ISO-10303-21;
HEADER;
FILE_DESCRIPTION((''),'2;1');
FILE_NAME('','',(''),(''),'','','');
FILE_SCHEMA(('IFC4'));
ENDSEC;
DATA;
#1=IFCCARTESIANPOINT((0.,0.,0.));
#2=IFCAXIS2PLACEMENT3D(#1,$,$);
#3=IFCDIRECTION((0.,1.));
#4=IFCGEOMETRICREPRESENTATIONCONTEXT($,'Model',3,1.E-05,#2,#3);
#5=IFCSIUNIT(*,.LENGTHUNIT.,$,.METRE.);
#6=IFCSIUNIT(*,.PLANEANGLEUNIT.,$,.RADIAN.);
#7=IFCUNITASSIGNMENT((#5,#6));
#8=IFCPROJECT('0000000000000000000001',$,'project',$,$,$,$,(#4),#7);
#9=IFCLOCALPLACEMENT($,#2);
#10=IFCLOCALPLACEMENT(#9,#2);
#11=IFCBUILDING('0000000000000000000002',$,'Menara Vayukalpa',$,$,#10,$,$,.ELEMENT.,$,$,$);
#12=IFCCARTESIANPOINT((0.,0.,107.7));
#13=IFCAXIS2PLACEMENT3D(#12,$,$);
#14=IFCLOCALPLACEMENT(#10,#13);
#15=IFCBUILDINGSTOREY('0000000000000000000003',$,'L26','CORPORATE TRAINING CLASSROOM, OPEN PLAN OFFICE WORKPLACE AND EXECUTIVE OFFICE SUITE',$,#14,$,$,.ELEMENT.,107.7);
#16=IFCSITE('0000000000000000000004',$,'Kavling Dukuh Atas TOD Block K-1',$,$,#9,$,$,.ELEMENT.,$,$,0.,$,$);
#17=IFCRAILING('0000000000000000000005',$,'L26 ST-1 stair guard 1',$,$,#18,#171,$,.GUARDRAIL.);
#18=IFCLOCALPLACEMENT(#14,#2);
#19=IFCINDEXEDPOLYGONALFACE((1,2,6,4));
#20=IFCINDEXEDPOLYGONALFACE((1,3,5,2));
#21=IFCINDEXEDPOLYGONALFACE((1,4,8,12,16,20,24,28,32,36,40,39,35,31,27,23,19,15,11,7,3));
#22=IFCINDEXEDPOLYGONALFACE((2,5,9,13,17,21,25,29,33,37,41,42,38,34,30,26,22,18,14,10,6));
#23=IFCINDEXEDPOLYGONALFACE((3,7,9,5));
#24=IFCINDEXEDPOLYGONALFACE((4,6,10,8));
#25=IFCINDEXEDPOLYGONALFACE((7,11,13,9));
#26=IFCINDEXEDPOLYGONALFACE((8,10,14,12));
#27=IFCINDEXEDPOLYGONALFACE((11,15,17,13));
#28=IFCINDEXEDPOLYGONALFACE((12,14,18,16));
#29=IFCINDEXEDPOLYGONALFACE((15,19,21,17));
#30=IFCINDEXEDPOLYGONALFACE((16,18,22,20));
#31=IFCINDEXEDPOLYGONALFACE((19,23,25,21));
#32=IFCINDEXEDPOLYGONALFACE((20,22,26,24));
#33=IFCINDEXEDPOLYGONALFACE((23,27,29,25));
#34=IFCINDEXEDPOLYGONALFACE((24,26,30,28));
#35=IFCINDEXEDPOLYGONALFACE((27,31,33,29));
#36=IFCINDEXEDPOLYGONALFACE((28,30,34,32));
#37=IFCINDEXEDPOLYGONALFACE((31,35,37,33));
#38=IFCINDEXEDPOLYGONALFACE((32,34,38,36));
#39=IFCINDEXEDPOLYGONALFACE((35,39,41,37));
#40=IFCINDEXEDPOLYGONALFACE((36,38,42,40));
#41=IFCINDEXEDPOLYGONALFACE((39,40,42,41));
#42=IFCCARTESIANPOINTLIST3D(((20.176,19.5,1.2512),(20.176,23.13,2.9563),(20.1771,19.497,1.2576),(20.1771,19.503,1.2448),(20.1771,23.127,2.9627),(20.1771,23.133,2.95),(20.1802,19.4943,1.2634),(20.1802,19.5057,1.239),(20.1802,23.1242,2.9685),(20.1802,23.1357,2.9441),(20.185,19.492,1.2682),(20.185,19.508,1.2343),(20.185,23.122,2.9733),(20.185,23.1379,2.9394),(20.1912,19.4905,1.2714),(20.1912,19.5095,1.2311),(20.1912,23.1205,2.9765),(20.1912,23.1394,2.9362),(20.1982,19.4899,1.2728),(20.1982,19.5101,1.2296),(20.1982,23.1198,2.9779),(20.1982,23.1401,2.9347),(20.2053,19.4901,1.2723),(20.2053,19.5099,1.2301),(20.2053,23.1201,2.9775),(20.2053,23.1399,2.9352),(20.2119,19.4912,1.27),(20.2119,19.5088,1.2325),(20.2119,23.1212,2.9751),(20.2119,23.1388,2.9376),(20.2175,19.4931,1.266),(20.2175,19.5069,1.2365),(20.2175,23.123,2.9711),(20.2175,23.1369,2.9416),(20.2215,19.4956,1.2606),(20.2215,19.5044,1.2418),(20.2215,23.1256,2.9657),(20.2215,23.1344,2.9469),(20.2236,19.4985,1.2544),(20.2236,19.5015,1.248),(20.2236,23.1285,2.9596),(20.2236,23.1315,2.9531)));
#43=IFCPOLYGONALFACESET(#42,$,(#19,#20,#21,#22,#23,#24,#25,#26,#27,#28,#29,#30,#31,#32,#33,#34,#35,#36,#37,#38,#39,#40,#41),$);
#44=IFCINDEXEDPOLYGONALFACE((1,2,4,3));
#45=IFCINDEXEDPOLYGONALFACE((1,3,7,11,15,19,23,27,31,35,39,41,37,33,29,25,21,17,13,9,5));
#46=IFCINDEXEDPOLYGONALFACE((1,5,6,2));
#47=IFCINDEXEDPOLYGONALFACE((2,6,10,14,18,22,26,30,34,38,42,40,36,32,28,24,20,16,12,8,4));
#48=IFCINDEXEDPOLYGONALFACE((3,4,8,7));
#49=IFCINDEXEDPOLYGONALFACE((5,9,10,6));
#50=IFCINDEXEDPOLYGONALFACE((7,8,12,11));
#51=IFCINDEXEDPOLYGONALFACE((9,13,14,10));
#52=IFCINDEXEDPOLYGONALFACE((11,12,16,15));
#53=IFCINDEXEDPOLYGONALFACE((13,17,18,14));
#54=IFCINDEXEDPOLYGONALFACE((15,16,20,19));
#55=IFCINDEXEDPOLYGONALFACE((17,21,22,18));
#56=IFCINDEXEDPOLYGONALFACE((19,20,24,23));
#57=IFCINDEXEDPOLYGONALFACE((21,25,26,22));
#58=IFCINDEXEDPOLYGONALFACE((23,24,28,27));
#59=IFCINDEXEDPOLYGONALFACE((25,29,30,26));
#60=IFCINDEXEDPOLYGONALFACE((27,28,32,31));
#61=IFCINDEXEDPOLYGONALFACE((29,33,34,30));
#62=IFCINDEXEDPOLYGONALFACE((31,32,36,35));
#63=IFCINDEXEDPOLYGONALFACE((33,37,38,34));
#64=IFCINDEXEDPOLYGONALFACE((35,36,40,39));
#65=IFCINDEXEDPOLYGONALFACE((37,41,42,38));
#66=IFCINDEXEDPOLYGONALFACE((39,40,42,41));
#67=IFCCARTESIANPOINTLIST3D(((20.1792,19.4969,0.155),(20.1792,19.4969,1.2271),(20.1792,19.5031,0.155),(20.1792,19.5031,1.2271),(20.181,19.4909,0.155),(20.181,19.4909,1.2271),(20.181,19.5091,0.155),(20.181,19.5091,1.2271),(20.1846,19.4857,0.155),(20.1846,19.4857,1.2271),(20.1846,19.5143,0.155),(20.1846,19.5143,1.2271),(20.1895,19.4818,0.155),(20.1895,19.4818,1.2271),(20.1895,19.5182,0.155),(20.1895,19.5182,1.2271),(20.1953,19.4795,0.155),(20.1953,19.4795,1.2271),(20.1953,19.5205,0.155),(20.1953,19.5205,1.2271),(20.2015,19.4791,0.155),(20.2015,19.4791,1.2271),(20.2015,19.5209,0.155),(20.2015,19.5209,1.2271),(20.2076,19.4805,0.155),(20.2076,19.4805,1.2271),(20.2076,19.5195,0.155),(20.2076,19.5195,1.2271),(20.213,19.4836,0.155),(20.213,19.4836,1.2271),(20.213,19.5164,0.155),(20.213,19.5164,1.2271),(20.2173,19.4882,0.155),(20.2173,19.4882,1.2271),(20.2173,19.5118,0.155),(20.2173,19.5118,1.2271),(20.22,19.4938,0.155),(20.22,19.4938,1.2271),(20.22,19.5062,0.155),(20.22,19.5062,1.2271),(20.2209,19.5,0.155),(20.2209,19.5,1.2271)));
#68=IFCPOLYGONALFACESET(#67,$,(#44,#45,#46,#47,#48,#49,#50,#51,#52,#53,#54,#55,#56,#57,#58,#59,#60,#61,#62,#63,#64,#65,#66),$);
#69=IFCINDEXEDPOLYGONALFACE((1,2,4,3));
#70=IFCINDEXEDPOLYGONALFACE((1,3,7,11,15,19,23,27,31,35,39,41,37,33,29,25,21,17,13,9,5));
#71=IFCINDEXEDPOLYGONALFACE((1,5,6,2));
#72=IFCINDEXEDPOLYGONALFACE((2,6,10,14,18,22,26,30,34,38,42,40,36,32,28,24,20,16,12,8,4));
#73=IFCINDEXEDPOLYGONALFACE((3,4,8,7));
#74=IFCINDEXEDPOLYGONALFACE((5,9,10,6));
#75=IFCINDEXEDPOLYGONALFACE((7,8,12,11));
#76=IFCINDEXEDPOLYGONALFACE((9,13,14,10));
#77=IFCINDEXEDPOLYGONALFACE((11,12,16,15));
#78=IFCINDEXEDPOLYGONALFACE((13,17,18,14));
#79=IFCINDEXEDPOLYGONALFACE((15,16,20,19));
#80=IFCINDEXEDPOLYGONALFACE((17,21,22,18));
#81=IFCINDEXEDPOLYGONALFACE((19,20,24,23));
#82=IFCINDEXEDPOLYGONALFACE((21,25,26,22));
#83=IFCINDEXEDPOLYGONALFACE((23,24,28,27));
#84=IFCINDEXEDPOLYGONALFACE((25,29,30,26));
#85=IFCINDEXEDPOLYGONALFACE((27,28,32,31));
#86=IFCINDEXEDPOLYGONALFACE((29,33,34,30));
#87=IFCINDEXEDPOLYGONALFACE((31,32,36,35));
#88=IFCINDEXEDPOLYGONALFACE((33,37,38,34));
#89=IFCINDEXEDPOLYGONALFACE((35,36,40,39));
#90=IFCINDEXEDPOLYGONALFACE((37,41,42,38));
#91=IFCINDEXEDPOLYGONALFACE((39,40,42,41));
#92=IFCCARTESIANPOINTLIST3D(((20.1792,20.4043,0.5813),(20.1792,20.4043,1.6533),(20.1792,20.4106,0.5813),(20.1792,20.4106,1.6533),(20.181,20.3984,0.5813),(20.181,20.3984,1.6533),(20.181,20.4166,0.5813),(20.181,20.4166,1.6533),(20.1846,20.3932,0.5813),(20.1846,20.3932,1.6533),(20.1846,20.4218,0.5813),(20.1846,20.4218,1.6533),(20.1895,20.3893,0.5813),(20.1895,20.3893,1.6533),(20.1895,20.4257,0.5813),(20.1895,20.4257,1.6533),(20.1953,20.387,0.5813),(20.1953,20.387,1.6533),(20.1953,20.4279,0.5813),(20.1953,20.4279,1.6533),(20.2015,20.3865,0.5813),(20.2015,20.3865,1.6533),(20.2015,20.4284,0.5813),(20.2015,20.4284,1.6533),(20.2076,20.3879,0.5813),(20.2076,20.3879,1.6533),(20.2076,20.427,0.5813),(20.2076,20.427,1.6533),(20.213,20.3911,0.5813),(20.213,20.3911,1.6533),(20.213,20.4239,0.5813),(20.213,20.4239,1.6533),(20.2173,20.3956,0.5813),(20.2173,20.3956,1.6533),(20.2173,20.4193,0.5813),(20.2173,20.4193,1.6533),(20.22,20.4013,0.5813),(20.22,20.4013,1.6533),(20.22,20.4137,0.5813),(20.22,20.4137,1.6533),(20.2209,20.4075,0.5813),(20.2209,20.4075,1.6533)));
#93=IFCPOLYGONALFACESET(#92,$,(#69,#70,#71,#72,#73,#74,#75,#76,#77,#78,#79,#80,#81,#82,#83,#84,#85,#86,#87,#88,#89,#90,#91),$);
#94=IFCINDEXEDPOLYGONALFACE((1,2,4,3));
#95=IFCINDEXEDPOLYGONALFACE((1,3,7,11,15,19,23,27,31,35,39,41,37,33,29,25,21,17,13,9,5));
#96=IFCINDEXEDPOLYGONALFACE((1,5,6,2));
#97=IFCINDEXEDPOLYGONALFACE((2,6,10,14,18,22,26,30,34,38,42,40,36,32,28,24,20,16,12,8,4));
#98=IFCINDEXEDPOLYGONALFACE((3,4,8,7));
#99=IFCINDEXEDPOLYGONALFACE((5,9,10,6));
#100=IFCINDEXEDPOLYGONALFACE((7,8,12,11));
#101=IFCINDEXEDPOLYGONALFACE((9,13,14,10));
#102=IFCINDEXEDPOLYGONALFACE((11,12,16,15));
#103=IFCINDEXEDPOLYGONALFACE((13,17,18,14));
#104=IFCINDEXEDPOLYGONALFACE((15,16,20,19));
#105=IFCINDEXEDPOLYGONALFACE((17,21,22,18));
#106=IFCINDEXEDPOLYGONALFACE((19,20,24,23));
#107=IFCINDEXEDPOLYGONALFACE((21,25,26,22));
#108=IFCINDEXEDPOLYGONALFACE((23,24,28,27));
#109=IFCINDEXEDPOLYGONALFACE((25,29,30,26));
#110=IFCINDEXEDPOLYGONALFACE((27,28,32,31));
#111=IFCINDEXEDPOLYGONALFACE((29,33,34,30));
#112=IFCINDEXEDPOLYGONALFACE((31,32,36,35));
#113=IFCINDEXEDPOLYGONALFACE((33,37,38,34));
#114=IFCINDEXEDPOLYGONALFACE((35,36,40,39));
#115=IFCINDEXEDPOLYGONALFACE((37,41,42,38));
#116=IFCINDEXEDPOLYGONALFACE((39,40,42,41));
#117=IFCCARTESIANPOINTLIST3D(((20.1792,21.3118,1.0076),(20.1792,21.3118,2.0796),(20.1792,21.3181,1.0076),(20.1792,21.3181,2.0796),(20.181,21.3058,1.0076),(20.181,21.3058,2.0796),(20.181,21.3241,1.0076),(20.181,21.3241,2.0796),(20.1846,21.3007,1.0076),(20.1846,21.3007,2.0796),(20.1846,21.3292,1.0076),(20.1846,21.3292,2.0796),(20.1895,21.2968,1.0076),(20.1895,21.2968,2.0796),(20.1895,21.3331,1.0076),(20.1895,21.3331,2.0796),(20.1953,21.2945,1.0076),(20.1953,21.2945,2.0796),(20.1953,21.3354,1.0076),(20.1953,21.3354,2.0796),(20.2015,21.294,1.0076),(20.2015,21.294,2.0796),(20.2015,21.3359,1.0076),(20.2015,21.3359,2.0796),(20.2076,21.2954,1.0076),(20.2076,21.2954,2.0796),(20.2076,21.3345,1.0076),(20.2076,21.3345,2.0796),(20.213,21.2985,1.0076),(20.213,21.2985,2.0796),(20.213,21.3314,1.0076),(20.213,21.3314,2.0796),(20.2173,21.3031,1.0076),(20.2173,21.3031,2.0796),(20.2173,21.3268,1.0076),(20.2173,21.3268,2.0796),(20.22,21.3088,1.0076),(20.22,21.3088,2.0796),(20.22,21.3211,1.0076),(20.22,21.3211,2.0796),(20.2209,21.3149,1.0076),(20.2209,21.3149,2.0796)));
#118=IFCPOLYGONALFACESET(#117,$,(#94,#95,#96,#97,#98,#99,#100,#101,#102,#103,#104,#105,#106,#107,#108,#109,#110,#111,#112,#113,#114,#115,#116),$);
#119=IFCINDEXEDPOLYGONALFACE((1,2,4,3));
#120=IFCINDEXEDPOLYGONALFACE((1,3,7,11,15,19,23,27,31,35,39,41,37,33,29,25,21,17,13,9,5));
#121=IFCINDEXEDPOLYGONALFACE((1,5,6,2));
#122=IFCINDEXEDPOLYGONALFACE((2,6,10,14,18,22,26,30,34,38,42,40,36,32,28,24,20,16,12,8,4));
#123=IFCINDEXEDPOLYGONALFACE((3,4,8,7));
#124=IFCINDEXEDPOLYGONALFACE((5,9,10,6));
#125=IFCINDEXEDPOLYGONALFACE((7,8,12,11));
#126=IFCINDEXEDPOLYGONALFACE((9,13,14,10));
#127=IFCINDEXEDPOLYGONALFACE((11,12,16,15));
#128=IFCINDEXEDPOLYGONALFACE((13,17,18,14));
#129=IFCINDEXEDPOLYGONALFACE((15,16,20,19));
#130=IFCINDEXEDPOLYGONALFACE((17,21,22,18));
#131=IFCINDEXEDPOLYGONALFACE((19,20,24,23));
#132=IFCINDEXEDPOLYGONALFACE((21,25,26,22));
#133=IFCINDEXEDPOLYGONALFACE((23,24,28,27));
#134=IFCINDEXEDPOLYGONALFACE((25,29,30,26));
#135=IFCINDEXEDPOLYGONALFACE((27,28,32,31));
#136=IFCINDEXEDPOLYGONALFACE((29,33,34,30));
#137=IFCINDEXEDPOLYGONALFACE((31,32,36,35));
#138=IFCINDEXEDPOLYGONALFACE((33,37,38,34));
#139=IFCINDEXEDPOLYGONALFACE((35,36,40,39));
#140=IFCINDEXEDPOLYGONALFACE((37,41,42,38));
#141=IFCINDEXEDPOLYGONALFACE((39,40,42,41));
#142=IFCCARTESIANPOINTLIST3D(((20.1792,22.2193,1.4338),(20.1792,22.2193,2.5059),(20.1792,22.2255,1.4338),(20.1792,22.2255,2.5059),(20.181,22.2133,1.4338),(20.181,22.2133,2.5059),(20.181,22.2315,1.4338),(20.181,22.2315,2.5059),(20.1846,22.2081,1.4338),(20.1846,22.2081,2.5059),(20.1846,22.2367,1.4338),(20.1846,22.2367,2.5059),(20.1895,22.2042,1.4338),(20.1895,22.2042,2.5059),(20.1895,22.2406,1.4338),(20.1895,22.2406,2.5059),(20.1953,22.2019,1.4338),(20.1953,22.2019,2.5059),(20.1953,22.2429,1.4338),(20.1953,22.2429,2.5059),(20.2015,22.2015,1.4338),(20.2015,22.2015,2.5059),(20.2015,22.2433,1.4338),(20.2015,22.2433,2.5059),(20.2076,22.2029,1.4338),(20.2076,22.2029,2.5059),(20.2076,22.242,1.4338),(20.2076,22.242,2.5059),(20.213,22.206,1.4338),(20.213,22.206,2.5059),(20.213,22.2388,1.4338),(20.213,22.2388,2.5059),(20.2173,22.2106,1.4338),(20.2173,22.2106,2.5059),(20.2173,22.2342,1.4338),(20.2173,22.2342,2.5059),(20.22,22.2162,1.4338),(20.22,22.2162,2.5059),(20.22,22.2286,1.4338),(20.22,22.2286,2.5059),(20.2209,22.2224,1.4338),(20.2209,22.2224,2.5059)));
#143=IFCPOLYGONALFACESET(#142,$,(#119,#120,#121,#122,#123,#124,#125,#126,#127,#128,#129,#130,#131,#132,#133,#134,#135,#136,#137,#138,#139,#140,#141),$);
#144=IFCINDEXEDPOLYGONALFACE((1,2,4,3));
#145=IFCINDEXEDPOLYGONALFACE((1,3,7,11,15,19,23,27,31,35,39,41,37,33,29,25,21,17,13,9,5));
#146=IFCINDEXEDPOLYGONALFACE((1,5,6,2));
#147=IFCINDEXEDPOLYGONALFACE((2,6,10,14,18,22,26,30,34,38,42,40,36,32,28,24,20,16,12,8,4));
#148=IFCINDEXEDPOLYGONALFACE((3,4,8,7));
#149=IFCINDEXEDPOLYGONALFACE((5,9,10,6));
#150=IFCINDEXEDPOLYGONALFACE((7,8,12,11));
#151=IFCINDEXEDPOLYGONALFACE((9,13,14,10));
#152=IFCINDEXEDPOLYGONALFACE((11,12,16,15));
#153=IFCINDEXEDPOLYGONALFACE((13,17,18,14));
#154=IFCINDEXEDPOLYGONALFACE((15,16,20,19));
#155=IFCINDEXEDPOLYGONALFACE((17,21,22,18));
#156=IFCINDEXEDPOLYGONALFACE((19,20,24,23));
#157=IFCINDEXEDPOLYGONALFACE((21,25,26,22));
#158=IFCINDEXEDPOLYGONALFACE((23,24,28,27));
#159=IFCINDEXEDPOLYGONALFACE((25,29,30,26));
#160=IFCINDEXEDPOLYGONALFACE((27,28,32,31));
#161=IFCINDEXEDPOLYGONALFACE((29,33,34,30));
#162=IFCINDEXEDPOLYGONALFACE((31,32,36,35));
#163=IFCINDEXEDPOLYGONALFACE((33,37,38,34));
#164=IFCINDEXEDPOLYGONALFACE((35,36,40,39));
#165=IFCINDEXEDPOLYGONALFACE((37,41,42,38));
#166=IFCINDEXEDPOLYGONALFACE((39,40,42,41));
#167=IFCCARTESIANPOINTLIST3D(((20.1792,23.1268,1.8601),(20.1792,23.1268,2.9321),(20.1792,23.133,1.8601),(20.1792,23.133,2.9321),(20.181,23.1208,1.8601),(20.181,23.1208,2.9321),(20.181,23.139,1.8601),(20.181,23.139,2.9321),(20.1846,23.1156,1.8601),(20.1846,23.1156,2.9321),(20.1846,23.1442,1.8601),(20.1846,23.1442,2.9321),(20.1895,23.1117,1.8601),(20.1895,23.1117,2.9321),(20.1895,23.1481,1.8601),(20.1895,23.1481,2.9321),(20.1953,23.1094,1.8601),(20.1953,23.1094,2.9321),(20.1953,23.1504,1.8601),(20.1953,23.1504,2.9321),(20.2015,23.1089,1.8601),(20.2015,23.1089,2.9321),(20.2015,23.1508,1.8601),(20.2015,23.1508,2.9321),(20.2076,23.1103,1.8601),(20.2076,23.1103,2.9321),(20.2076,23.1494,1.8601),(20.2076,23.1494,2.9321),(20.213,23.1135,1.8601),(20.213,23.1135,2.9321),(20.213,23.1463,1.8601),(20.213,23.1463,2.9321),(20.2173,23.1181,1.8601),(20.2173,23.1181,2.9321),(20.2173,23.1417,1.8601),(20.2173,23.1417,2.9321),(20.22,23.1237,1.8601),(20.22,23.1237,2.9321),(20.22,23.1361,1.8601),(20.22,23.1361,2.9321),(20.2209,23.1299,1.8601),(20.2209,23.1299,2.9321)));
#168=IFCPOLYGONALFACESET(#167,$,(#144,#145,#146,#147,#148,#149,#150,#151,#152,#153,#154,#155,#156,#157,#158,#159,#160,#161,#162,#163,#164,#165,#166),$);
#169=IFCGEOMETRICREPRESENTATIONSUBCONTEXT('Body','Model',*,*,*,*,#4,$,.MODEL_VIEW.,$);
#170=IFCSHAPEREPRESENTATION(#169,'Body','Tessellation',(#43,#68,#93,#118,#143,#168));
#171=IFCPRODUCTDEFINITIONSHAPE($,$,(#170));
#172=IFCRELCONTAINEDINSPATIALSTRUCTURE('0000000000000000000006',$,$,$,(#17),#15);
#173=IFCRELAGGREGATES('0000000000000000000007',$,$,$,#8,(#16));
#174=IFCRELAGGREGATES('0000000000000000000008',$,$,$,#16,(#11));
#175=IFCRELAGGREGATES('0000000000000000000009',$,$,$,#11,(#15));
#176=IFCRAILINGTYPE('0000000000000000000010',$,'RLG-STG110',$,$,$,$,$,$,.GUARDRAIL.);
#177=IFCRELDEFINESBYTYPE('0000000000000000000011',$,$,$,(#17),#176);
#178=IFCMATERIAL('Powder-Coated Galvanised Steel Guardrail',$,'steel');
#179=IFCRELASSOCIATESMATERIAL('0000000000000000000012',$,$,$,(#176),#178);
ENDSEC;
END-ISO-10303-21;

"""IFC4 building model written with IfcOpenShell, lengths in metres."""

from ifc_helpers import new_model, si_unit, direction, frame, origin, origin_2d, place, context, subcontext, project, spatial, circle, extrude, material, type_object, element, save


model = new_model("IFC4")

# Units and contexts
model_context = context("Model", 3, precision=1e-05, world=origin(), true_north=direction((0.0, 1.0)))
body_context = subcontext(model_context, "Body", "Model", "MODEL_VIEW")
ifc_project = project(units=[si_unit("LENGTHUNIT", "METRE"), si_unit("PLANEANGLEUNIT", "RADIAN")], contexts=[model_context])

# Site, building, storey
site_placement = place(None, origin())
site = spatial("IfcSite", under=ifc_project, at=site_placement, Name="Kavling Dukuh Atas TOD Block K-1", CompositionType="ELEMENT", RefElevation=0.0)
building_placement = place(site_placement, origin())
building = spatial("IfcBuilding", under=site, at=building_placement, Name="Menara Vayukalpa", CompositionType="ELEMENT")
storey_placement = place(building_placement, frame((0.0, 0.0, 107.7)))
storey = spatial("IfcBuildingStorey", under=building, at=storey_placement, Name="L26", Description="CORPORATE TRAINING CLASSROOM, OPEN PLAN OFFICE WORKPLACE AND EXECUTIVE OFFICE SUITE", CompositionType="ELEMENT", Elevation=107.7)

# Railing
ifc_material_1 = material(Name="Powder-Coated Galvanised Steel Guardrail", Category="steel")
railing_type_1 = type_object("IfcRailingType", Name="RLG-STG110", PredefinedType="GUARDRAIL", material=ifc_material_1)
railing_1_placement = place(storey_placement, frame((20.2, 19.5, 0.155)))
element("IfcRailing", 1, at=railing_1_placement, inside=storey, type_object=railing_type_1, Name="L26 ST-1 stair guard 1", PredefinedType="GUARDRAIL", context=body_context, shape_type="SweptSolid", body=[
    extrude(circle(Radius=0.0239, at=origin_2d()), frame((0.0, 0.0, 1.0962), z_axis=(0.0, 0.905116, 0.425164), x_axis=(-1.0, 0.0, 0.0)), (0.0, 0.0, 1.0), 4.0105),
    extrude(circle(Radius=0.021, at=origin_2d()), origin(), (0.0, 0.0, 1.0), 1.072),
    extrude(circle(Radius=0.021, at=origin_2d()), frame((0.0, 0.9075, 0.4263)), (0.0, 0.0, 1.0), 1.072),
    extrude(circle(Radius=0.021, at=origin_2d()), frame((0.0, 1.8149, 0.8525)), (0.0, 0.0, 1.0), 1.072),
    extrude(circle(Radius=0.021, at=origin_2d()), frame((0.0, 2.7224, 1.2788)), (0.0, 0.0, 1.0), 1.072),
    extrude(circle(Radius=0.021, at=origin_2d()), frame((0.0, 3.6299, 1.7051)), (0.0, 0.0, 1.0), 1.072),
])

save(model, "model.ifc")
